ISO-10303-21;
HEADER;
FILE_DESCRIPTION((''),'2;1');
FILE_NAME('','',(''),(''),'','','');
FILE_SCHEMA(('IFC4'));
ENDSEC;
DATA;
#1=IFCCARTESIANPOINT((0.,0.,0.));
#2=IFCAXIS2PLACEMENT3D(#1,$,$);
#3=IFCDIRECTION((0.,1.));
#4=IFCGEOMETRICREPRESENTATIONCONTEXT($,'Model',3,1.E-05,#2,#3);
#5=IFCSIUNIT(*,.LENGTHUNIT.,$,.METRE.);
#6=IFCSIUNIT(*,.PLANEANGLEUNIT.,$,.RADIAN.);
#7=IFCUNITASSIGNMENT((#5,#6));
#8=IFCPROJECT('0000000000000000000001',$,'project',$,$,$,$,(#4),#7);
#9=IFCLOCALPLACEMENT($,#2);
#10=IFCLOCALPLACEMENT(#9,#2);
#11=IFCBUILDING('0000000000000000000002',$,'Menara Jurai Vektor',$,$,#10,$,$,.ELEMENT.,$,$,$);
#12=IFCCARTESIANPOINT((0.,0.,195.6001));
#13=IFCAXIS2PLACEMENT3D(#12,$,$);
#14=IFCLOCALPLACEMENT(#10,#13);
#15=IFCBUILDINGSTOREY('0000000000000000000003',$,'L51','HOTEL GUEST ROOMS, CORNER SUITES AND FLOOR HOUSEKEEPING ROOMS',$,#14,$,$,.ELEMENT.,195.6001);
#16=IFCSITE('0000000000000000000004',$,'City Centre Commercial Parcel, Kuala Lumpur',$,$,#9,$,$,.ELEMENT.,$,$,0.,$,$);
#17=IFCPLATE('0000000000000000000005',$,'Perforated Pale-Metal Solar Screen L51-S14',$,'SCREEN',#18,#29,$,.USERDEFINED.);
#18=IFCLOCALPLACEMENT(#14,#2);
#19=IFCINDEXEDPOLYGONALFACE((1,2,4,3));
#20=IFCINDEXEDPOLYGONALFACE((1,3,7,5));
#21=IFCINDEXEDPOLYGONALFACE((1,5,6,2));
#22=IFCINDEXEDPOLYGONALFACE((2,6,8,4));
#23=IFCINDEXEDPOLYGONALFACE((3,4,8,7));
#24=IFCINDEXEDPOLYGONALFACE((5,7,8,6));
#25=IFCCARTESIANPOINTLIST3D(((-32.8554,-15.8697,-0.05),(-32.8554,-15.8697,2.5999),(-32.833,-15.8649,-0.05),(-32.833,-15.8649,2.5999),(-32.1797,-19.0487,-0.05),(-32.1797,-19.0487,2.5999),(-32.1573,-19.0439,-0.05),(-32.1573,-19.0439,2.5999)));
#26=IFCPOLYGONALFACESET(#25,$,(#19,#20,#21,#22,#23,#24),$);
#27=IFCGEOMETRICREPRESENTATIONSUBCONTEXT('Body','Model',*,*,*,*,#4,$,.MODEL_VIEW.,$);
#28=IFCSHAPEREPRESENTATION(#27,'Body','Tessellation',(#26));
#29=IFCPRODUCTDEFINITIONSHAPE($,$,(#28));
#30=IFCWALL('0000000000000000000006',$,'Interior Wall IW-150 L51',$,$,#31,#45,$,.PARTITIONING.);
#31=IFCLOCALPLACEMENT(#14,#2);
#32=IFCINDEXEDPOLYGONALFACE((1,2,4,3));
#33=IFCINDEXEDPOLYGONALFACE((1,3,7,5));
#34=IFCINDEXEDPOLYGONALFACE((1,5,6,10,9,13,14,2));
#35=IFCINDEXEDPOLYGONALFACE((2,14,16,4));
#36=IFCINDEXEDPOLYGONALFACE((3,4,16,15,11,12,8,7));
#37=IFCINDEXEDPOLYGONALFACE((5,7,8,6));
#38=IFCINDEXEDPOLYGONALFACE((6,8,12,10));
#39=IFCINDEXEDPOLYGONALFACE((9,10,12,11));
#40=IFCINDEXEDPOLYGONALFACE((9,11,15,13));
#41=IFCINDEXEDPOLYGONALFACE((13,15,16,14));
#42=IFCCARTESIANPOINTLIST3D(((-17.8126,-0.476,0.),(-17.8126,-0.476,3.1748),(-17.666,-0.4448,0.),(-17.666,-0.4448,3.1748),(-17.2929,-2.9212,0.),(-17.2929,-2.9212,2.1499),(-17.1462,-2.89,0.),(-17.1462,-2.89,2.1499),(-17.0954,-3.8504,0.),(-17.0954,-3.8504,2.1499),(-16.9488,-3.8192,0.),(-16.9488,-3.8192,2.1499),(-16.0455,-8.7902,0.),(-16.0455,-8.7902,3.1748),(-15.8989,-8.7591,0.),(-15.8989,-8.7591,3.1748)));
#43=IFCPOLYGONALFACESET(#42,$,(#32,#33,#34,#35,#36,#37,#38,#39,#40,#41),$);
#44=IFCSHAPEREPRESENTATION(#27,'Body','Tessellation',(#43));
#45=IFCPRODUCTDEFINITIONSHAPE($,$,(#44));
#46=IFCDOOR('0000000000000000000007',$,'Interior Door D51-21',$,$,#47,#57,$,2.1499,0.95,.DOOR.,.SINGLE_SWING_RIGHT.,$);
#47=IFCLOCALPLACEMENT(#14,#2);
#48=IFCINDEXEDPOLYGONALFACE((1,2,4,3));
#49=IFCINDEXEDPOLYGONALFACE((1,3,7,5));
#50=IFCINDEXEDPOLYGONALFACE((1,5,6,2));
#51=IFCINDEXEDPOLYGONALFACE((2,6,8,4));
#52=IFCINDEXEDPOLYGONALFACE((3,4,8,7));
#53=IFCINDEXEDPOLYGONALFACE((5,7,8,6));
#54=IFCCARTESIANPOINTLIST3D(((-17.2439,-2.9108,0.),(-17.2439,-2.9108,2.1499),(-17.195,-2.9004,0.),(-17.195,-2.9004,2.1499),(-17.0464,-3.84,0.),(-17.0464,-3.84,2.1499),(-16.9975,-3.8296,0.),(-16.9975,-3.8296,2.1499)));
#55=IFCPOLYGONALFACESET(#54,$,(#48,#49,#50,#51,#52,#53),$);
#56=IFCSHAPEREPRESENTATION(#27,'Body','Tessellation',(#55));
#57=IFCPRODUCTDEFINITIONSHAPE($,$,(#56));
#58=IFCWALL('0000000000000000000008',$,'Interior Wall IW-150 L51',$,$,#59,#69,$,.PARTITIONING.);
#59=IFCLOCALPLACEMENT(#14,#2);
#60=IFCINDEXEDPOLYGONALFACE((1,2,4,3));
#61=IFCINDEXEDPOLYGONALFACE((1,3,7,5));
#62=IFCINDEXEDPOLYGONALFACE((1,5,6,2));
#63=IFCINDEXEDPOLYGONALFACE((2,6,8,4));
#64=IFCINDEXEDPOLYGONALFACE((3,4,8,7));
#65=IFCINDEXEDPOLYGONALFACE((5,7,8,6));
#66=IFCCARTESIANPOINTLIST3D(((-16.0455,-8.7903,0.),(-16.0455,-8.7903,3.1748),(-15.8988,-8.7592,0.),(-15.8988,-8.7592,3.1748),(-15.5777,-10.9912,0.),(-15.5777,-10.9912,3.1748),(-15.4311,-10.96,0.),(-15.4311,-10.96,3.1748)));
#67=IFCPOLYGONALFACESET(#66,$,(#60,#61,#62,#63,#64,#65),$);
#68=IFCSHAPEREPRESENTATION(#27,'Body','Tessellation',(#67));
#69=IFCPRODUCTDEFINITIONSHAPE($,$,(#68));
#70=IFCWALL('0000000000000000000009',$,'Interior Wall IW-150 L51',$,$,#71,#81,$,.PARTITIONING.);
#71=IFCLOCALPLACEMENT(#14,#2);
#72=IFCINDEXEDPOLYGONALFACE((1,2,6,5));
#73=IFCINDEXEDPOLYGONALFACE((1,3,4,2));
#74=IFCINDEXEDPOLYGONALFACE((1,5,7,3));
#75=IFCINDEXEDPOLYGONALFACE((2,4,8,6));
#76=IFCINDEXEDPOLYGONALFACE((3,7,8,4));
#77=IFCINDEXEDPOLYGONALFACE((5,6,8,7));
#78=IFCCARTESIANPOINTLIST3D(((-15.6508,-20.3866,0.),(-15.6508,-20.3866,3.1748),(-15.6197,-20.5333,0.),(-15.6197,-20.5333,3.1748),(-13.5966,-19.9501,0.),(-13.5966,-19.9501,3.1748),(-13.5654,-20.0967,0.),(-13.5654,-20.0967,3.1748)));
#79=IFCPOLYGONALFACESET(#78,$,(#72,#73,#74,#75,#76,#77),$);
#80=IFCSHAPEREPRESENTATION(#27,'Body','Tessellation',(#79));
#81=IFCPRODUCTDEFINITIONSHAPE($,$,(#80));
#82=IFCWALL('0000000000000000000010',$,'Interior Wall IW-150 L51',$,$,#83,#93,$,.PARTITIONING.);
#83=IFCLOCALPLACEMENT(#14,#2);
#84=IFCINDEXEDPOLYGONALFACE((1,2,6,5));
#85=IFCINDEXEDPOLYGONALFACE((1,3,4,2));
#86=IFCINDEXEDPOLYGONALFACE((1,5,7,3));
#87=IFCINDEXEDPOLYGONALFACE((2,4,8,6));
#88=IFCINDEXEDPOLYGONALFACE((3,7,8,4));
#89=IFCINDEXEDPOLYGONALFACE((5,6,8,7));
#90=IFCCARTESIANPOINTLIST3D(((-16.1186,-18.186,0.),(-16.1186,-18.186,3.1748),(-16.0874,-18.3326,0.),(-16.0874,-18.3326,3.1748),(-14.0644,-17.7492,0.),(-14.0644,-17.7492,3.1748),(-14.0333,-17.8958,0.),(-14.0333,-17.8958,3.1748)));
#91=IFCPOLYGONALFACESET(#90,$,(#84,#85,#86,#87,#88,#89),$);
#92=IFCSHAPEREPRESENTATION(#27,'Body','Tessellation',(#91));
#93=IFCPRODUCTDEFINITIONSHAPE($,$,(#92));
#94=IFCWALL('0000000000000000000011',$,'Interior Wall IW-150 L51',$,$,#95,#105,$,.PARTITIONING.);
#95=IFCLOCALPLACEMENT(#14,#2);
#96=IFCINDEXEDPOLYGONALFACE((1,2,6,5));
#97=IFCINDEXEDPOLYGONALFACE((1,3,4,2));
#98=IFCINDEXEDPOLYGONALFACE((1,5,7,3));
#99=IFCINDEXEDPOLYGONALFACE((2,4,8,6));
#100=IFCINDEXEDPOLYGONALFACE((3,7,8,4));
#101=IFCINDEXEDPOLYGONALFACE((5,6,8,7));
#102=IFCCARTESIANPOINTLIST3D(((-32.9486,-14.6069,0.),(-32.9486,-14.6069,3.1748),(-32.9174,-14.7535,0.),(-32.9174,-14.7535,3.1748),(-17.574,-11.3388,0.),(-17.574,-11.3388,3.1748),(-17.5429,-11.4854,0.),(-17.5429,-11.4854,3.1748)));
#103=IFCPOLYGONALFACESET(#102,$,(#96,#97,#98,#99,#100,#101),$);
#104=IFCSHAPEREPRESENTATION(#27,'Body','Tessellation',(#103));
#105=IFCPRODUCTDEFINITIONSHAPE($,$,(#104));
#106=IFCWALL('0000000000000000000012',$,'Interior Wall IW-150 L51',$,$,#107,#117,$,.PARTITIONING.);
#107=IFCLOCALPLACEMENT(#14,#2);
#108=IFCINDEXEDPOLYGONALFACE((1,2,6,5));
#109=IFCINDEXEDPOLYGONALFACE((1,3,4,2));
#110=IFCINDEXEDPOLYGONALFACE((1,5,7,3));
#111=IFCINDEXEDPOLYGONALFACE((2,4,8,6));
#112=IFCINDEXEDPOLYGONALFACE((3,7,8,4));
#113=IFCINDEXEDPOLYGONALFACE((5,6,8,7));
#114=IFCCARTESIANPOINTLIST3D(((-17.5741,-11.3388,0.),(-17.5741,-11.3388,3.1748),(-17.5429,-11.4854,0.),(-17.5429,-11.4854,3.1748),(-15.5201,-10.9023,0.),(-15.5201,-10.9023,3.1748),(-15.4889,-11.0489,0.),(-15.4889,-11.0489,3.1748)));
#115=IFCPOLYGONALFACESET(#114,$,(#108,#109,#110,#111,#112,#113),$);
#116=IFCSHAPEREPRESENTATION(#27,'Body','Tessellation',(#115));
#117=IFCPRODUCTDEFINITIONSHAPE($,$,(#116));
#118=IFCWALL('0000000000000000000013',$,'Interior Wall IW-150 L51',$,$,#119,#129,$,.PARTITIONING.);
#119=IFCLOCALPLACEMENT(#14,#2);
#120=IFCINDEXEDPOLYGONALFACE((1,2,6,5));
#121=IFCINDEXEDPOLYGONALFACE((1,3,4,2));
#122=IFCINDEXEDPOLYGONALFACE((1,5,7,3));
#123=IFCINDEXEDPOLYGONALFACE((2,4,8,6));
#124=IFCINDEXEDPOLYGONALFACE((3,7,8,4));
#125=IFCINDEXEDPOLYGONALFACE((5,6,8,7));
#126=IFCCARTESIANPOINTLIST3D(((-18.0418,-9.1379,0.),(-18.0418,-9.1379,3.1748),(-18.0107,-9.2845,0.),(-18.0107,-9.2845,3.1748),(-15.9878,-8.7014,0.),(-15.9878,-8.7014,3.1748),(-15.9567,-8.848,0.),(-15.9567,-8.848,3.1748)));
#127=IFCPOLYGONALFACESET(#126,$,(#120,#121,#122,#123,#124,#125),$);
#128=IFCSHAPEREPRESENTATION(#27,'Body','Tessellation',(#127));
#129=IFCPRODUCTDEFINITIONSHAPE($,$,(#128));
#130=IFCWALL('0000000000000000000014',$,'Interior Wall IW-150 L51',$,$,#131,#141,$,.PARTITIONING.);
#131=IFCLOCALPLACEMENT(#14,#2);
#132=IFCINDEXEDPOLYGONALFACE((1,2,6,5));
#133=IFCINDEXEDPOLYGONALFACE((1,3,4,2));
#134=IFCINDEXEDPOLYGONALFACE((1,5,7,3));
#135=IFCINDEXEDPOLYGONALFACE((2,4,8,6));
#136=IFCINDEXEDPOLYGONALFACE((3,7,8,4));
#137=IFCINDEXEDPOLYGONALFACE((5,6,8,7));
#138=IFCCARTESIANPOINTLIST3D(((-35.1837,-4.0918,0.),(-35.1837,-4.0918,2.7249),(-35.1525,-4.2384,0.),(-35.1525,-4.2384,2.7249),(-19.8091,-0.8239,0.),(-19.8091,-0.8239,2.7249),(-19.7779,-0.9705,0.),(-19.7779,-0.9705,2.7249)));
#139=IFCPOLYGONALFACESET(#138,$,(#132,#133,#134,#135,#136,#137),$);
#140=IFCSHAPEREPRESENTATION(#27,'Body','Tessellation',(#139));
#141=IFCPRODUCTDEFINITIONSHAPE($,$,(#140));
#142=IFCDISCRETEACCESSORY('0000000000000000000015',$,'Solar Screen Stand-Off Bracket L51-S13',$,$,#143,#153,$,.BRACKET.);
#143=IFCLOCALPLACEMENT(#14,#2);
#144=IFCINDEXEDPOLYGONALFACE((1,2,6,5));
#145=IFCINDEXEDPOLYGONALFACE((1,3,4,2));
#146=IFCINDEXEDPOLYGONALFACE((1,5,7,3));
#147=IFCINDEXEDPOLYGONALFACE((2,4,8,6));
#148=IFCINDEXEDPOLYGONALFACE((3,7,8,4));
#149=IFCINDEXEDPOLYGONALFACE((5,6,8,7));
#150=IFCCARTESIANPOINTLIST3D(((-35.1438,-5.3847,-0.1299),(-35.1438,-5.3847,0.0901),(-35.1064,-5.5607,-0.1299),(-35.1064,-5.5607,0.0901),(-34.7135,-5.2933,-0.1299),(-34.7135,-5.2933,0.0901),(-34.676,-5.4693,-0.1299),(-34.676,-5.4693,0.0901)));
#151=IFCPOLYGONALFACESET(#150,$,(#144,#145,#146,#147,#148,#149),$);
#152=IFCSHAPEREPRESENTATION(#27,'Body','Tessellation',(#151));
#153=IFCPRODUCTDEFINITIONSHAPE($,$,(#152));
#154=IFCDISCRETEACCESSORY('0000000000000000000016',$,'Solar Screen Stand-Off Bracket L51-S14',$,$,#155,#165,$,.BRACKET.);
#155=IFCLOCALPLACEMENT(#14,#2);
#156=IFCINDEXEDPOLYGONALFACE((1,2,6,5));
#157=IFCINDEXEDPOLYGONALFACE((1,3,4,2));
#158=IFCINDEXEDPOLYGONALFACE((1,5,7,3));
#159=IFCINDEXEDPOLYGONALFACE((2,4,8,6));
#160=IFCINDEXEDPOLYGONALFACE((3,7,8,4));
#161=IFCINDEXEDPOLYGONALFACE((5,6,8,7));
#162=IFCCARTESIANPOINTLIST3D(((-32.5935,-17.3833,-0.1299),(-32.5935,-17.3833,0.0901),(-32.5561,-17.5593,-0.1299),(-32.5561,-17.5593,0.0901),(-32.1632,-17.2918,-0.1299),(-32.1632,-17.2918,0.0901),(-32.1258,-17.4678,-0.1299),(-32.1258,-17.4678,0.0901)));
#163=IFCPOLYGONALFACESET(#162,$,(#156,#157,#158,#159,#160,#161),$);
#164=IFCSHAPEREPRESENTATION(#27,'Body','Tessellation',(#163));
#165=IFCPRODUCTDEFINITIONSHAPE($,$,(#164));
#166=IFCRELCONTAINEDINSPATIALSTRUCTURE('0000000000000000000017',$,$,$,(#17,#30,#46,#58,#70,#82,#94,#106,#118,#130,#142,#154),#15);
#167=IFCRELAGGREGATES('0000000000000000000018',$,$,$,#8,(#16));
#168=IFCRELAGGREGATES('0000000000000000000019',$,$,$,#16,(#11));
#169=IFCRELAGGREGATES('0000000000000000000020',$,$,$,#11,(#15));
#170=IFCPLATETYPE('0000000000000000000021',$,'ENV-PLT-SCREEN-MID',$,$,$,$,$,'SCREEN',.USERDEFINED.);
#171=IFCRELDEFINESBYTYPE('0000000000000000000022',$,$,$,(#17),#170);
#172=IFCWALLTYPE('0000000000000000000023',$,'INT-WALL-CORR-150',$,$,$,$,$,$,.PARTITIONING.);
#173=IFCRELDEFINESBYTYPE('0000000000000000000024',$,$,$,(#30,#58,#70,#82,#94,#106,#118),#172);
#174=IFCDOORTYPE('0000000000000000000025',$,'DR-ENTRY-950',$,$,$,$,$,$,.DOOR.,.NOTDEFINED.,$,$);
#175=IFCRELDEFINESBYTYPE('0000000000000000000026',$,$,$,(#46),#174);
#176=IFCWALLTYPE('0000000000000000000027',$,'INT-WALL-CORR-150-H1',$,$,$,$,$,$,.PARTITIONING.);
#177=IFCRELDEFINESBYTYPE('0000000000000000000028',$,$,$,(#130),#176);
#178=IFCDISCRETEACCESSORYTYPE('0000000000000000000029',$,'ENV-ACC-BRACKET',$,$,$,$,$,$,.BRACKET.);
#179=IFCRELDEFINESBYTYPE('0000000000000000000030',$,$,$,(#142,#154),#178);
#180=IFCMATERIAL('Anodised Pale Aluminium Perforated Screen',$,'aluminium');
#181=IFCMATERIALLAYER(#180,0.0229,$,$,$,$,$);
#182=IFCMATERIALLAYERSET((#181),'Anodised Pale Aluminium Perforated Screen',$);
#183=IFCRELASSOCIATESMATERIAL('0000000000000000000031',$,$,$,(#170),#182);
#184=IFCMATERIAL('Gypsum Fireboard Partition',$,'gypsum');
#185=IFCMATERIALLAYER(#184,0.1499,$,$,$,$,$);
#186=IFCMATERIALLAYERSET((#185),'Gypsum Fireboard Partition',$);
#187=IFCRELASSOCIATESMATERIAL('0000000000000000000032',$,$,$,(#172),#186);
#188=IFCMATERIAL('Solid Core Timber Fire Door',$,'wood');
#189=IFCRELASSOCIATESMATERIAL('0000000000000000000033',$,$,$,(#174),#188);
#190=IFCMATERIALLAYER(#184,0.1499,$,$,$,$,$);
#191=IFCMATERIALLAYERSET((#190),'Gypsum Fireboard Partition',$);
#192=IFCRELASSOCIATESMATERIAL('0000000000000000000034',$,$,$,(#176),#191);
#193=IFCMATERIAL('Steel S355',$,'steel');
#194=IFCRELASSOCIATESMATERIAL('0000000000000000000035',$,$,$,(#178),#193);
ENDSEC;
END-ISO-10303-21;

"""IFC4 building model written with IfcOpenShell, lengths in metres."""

from ifc_helpers import new_model, si_unit, direction, frame, frame_2d, origin, origin_2d, place, context, subcontext, project, spatial, rectangle, extrude, material, layer, layer_set, type_object, element, fill, save


model = new_model("IFC4")

# Units and contexts
model_context = context("Model", 3, precision=1e-05, world=origin(), true_north=direction((0.0, 1.0)))
body_context = subcontext(model_context, "Body", "Model", "MODEL_VIEW")
ifc_project = project(units=[si_unit("LENGTHUNIT", "METRE"), si_unit("PLANEANGLEUNIT", "RADIAN")], contexts=[model_context])

# Site, building, storey
site_placement = place(None, origin())
site = spatial("IfcSite", under=ifc_project, at=site_placement, Name="City Centre Commercial Parcel, Kuala Lumpur", CompositionType="ELEMENT", RefElevation=0.0)
building_placement = place(site_placement, origin())
building = spatial("IfcBuilding", under=site, at=building_placement, Name="Menara Jurai Vektor", CompositionType="ELEMENT")
storey_placement = place(building_placement, frame((0.0, 0.0, 195.6001)))
storey = spatial("IfcBuildingStorey", under=building, at=storey_placement, Name="L51", Description="HOTEL GUEST ROOMS, CORNER SUITES AND FLOOR HOUSEKEEPING ROOMS", CompositionType="ELEMENT", Elevation=195.6001)

# Shared definitions
ifc_material_1 = material(Name="Steel S355", Category="steel")

# Plate
ifc_material_2 = material(Name="Anodised Pale Aluminium Perforated Screen", Category="aluminium")
ifc_layer_1 = layer(ifc_material_2, 0.0229)
ifc_layer_set_1 = layer_set([ifc_layer_1], Name="Anodised Pale Aluminium Perforated Screen")
plate_type_1 = type_object("IfcPlateType", Name="ENV-PLT-SCREEN-MID", ElementType="SCREEN", PredefinedType="USERDEFINED", material=ifc_layer_set_1)
for number, where, z_axis, x_axis, name in (
    (1, (-32.5063, -17.4568, -0.05), (0.0, 0.0, 1.0), (0.207912, -0.978148, 0.0), "Perforated Pale-Metal Solar Screen L51-S14"),
):
    element("IfcPlate", number, at=place(storey_placement, frame(where, z_axis=z_axis, x_axis=x_axis)), inside=storey, type_object=plate_type_1, Name=name, ObjectType="SCREEN", PredefinedType="USERDEFINED", context=body_context, shape_type="SweptSolid", body=[
        extrude(rectangle(XDim=3.25, YDim=0.0229, at=origin_2d()), origin(), (0.0, 0.0, 1.0), 2.6499),
    ])

# Wall, opening, door
ifc_material_3 = material(Name="Gypsum Fireboard Partition", Category="gypsum")
ifc_layer_2 = layer(ifc_material_3, 0.1499)
ifc_layer_set_2 = layer_set([ifc_layer_2], Name="Gypsum Fireboard Partition")
wall_type_1 = type_object("IfcWallType", Name="INT-WALL-CORR-150", PredefinedType="PARTITIONING", material=ifc_layer_set_2)
wall_1_placement = place(storey_placement, frame((-15.9722, -8.7747, 0.0), z_axis=(0.0, 0.0, 1.0), x_axis=(-0.207895, 0.978151, 0.0)))
wall_1 = element("IfcWall", 2, at=wall_1_placement, inside=storey, type_object=wall_type_1, Name="Interior Wall IW-150 L51", PredefinedType="PARTITIONING", context=body_context, shape_type="SweptSolid", body=[
    extrude(rectangle(XDim=8.5, YDim=0.1499, at=frame_2d((4.25, 0.0))), origin(), (0.0, 0.0, 1.0), 3.1748),
])
opening_1_placement = place(wall_1_placement, frame((5.05, 0.0, 0.0)))
opening_1 = element("IfcOpeningElement", 3, at=opening_1_placement, cuts=wall_1, PredefinedType="OPENING", context=body_context, shape_type="SweptSolid", body=[
    extrude(rectangle(XDim=0.95, YDim=2.1499, at=frame_2d((0.4751, 1.075))), frame((0.0, 0.085, 0.0), z_axis=(0.0, -1.0, 0.0), x_axis=(1.0, 0.0, 0.0)), (0.0, 0.0, 1.0), 0.1699),
])
ifc_material_4 = material(Name="Solid Core Timber Fire Door", Category="wood")
door_type_1 = type_object("IfcDoorType", Name="DR-ENTRY-950", OperationType="NOTDEFINED", PredefinedType="DOOR", material=ifc_material_4)
door_1_placement = place(opening_1_placement, origin())
door_1 = element("IfcDoor", 4, at=door_1_placement, inside=storey, type_object=door_type_1, Name="Interior Door D51-21", OperationType="SINGLE_SWING_RIGHT", OverallHeight=2.1499, OverallWidth=0.95, PredefinedType="DOOR", context=body_context, shape_type="SweptSolid", body=[
    extrude(rectangle(XDim=0.95, YDim=2.1499, at=frame_2d((0.4751, 1.075))), frame((0.0, 0.0249, 0.0), z_axis=(0.0, -1.0, 0.0), x_axis=(1.0, 0.0, 0.0)), (0.0, 0.0, 1.0), 0.05),
])
fill(opening_1, door_1)

# Wall
wall_2_placement = place(storey_placement, frame((-15.5044, -10.9756, 0.0), z_axis=(0.0, 0.0, 1.0), x_axis=(-0.207891, 0.978152, 0.0)))
element("IfcWall", 5, at=wall_2_placement, inside=storey, type_object=wall_type_1, Name="Interior Wall IW-150 L51", PredefinedType="PARTITIONING", context=body_context, shape_type="SweptSolid", body=[
    extrude(rectangle(XDim=2.25, YDim=0.1499, at=frame_2d((1.125, 0.0))), origin(), (0.0, 0.0, 1.0), 3.1748),
])

# Walls
for number, where, z_axis, x_axis, name in (
    (6, (-15.6353, -20.46, 0.0), (0.0, 0.0, 1.0), (0.978158, 0.207862, 0.0), "Interior Wall IW-150 L51"),
    (7, (-16.103, -18.2593, 0.0), (0.0, 0.0, 1.0), (0.978135, 0.207973, 0.0), "Interior Wall IW-150 L51"),
):
    element("IfcWall", number, at=place(storey_placement, frame(where, z_axis=z_axis, x_axis=x_axis)), inside=storey, type_object=wall_type_1, Name=name, PredefinedType="PARTITIONING", context=body_context, shape_type="SweptSolid", body=[
        extrude(rectangle(XDim=2.1001, YDim=0.1499, at=frame_2d((1.05, 0.0))), origin(), (0.0, 0.0, 1.0), 3.1748),
    ])
wall_3_placement = place(storey_placement, frame((-32.9329, -14.6802, 0.0), z_axis=(0.0, 0.0, 1.0), x_axis=(0.978146, 0.207919, 0.0)))
element("IfcWall", 8, at=wall_3_placement, inside=storey, type_object=wall_type_1, Name="Interior Wall IW-150 L51", PredefinedType="PARTITIONING", context=body_context, shape_type="SweptSolid", body=[
    extrude(rectangle(XDim=15.718, YDim=0.1499, at=frame_2d((7.8589, 0.0))), origin(), (0.0, 0.0, 1.0), 3.1748),
])
wall_4_placement = place(storey_placement, frame((-17.5583, -11.4121, 0.0), z_axis=(0.0, 0.0, 1.0), x_axis=(0.978153, 0.207885, 0.0)))
element("IfcWall", 9, at=wall_4_placement, inside=storey, type_object=wall_type_1, Name="Interior Wall IW-150 L51", PredefinedType="PARTITIONING", context=body_context, shape_type="SweptSolid", body=[
    extrude(rectangle(XDim=2.0999, YDim=0.1499, at=frame_2d((1.0498, 0.0))), origin(), (0.0, 0.0, 1.0), 3.1748),
])

# Walls
wall_5_placement = place(storey_placement, frame((-18.0261, -9.2112, 0.0), z_axis=(0.0, 0.0, 1.0), x_axis=(0.978153, 0.207885, 0.0)))
element("IfcWall", 10, at=wall_5_placement, inside=storey, type_object=wall_type_1, Name="Interior Wall IW-150 L51", PredefinedType="PARTITIONING", context=body_context, shape_type="SweptSolid", body=[
    extrude(rectangle(XDim=2.0999, YDim=0.1499, at=frame_2d((1.0498, 0.0))), origin(), (0.0, 0.0, 1.0), 3.1748),
])
ifc_layer_3 = layer(ifc_material_3, 0.1499)
ifc_layer_set_3 = layer_set([ifc_layer_3], Name="Gypsum Fireboard Partition")
wall_type_2 = type_object("IfcWallType", Name="INT-WALL-CORR-150-H1", PredefinedType="PARTITIONING", material=ifc_layer_set_3)
wall_6_placement = place(storey_placement, frame((-35.168, -4.165, 0.0), z_axis=(0.0, 0.0, 1.0), x_axis=(0.978149, 0.207904, 0.0)))
element("IfcWall", 11, at=wall_6_placement, inside=storey, type_object=wall_type_2, Name="Interior Wall IW-150 L51", PredefinedType="PARTITIONING", context=body_context, shape_type="SweptSolid", body=[
    extrude(rectangle(XDim=15.718, YDim=0.1499, at=frame_2d((7.8589, 0.0))), origin(), (0.0, 0.0, 1.0), 2.7249),
])

# Discrete accessories
discrete_accessory_type = type_object("IfcDiscreteAccessoryType", Name="ENV-ACC-BRACKET", PredefinedType="BRACKET", material=ifc_material_1)
for number, where, z_axis, x_axis, name in (
    (12, (-34.9099, -5.427, -0.1299), (0.0, 0.0, 1.0), (0.207912, -0.978148, 0.0), "Solar Screen Stand-Off Bracket L51-S13"),
    (13, (-32.3596, -17.4255, -0.1299), (0.0, 0.0, 1.0), (0.207912, -0.978148, 0.0), "Solar Screen Stand-Off Bracket L51-S14"),
):
    element("IfcDiscreteAccessory", number, at=place(storey_placement, frame(where, z_axis=z_axis, x_axis=x_axis)), inside=storey, type_object=discrete_accessory_type, Name=name, PredefinedType="BRACKET", context=body_context, shape_type="SweptSolid", body=[
        extrude(rectangle(XDim=0.1799, YDim=0.4399, at=origin_2d()), origin(), (0.0, 0.0, 1.0), 0.22),
    ])

save(model, "model.ifc")
